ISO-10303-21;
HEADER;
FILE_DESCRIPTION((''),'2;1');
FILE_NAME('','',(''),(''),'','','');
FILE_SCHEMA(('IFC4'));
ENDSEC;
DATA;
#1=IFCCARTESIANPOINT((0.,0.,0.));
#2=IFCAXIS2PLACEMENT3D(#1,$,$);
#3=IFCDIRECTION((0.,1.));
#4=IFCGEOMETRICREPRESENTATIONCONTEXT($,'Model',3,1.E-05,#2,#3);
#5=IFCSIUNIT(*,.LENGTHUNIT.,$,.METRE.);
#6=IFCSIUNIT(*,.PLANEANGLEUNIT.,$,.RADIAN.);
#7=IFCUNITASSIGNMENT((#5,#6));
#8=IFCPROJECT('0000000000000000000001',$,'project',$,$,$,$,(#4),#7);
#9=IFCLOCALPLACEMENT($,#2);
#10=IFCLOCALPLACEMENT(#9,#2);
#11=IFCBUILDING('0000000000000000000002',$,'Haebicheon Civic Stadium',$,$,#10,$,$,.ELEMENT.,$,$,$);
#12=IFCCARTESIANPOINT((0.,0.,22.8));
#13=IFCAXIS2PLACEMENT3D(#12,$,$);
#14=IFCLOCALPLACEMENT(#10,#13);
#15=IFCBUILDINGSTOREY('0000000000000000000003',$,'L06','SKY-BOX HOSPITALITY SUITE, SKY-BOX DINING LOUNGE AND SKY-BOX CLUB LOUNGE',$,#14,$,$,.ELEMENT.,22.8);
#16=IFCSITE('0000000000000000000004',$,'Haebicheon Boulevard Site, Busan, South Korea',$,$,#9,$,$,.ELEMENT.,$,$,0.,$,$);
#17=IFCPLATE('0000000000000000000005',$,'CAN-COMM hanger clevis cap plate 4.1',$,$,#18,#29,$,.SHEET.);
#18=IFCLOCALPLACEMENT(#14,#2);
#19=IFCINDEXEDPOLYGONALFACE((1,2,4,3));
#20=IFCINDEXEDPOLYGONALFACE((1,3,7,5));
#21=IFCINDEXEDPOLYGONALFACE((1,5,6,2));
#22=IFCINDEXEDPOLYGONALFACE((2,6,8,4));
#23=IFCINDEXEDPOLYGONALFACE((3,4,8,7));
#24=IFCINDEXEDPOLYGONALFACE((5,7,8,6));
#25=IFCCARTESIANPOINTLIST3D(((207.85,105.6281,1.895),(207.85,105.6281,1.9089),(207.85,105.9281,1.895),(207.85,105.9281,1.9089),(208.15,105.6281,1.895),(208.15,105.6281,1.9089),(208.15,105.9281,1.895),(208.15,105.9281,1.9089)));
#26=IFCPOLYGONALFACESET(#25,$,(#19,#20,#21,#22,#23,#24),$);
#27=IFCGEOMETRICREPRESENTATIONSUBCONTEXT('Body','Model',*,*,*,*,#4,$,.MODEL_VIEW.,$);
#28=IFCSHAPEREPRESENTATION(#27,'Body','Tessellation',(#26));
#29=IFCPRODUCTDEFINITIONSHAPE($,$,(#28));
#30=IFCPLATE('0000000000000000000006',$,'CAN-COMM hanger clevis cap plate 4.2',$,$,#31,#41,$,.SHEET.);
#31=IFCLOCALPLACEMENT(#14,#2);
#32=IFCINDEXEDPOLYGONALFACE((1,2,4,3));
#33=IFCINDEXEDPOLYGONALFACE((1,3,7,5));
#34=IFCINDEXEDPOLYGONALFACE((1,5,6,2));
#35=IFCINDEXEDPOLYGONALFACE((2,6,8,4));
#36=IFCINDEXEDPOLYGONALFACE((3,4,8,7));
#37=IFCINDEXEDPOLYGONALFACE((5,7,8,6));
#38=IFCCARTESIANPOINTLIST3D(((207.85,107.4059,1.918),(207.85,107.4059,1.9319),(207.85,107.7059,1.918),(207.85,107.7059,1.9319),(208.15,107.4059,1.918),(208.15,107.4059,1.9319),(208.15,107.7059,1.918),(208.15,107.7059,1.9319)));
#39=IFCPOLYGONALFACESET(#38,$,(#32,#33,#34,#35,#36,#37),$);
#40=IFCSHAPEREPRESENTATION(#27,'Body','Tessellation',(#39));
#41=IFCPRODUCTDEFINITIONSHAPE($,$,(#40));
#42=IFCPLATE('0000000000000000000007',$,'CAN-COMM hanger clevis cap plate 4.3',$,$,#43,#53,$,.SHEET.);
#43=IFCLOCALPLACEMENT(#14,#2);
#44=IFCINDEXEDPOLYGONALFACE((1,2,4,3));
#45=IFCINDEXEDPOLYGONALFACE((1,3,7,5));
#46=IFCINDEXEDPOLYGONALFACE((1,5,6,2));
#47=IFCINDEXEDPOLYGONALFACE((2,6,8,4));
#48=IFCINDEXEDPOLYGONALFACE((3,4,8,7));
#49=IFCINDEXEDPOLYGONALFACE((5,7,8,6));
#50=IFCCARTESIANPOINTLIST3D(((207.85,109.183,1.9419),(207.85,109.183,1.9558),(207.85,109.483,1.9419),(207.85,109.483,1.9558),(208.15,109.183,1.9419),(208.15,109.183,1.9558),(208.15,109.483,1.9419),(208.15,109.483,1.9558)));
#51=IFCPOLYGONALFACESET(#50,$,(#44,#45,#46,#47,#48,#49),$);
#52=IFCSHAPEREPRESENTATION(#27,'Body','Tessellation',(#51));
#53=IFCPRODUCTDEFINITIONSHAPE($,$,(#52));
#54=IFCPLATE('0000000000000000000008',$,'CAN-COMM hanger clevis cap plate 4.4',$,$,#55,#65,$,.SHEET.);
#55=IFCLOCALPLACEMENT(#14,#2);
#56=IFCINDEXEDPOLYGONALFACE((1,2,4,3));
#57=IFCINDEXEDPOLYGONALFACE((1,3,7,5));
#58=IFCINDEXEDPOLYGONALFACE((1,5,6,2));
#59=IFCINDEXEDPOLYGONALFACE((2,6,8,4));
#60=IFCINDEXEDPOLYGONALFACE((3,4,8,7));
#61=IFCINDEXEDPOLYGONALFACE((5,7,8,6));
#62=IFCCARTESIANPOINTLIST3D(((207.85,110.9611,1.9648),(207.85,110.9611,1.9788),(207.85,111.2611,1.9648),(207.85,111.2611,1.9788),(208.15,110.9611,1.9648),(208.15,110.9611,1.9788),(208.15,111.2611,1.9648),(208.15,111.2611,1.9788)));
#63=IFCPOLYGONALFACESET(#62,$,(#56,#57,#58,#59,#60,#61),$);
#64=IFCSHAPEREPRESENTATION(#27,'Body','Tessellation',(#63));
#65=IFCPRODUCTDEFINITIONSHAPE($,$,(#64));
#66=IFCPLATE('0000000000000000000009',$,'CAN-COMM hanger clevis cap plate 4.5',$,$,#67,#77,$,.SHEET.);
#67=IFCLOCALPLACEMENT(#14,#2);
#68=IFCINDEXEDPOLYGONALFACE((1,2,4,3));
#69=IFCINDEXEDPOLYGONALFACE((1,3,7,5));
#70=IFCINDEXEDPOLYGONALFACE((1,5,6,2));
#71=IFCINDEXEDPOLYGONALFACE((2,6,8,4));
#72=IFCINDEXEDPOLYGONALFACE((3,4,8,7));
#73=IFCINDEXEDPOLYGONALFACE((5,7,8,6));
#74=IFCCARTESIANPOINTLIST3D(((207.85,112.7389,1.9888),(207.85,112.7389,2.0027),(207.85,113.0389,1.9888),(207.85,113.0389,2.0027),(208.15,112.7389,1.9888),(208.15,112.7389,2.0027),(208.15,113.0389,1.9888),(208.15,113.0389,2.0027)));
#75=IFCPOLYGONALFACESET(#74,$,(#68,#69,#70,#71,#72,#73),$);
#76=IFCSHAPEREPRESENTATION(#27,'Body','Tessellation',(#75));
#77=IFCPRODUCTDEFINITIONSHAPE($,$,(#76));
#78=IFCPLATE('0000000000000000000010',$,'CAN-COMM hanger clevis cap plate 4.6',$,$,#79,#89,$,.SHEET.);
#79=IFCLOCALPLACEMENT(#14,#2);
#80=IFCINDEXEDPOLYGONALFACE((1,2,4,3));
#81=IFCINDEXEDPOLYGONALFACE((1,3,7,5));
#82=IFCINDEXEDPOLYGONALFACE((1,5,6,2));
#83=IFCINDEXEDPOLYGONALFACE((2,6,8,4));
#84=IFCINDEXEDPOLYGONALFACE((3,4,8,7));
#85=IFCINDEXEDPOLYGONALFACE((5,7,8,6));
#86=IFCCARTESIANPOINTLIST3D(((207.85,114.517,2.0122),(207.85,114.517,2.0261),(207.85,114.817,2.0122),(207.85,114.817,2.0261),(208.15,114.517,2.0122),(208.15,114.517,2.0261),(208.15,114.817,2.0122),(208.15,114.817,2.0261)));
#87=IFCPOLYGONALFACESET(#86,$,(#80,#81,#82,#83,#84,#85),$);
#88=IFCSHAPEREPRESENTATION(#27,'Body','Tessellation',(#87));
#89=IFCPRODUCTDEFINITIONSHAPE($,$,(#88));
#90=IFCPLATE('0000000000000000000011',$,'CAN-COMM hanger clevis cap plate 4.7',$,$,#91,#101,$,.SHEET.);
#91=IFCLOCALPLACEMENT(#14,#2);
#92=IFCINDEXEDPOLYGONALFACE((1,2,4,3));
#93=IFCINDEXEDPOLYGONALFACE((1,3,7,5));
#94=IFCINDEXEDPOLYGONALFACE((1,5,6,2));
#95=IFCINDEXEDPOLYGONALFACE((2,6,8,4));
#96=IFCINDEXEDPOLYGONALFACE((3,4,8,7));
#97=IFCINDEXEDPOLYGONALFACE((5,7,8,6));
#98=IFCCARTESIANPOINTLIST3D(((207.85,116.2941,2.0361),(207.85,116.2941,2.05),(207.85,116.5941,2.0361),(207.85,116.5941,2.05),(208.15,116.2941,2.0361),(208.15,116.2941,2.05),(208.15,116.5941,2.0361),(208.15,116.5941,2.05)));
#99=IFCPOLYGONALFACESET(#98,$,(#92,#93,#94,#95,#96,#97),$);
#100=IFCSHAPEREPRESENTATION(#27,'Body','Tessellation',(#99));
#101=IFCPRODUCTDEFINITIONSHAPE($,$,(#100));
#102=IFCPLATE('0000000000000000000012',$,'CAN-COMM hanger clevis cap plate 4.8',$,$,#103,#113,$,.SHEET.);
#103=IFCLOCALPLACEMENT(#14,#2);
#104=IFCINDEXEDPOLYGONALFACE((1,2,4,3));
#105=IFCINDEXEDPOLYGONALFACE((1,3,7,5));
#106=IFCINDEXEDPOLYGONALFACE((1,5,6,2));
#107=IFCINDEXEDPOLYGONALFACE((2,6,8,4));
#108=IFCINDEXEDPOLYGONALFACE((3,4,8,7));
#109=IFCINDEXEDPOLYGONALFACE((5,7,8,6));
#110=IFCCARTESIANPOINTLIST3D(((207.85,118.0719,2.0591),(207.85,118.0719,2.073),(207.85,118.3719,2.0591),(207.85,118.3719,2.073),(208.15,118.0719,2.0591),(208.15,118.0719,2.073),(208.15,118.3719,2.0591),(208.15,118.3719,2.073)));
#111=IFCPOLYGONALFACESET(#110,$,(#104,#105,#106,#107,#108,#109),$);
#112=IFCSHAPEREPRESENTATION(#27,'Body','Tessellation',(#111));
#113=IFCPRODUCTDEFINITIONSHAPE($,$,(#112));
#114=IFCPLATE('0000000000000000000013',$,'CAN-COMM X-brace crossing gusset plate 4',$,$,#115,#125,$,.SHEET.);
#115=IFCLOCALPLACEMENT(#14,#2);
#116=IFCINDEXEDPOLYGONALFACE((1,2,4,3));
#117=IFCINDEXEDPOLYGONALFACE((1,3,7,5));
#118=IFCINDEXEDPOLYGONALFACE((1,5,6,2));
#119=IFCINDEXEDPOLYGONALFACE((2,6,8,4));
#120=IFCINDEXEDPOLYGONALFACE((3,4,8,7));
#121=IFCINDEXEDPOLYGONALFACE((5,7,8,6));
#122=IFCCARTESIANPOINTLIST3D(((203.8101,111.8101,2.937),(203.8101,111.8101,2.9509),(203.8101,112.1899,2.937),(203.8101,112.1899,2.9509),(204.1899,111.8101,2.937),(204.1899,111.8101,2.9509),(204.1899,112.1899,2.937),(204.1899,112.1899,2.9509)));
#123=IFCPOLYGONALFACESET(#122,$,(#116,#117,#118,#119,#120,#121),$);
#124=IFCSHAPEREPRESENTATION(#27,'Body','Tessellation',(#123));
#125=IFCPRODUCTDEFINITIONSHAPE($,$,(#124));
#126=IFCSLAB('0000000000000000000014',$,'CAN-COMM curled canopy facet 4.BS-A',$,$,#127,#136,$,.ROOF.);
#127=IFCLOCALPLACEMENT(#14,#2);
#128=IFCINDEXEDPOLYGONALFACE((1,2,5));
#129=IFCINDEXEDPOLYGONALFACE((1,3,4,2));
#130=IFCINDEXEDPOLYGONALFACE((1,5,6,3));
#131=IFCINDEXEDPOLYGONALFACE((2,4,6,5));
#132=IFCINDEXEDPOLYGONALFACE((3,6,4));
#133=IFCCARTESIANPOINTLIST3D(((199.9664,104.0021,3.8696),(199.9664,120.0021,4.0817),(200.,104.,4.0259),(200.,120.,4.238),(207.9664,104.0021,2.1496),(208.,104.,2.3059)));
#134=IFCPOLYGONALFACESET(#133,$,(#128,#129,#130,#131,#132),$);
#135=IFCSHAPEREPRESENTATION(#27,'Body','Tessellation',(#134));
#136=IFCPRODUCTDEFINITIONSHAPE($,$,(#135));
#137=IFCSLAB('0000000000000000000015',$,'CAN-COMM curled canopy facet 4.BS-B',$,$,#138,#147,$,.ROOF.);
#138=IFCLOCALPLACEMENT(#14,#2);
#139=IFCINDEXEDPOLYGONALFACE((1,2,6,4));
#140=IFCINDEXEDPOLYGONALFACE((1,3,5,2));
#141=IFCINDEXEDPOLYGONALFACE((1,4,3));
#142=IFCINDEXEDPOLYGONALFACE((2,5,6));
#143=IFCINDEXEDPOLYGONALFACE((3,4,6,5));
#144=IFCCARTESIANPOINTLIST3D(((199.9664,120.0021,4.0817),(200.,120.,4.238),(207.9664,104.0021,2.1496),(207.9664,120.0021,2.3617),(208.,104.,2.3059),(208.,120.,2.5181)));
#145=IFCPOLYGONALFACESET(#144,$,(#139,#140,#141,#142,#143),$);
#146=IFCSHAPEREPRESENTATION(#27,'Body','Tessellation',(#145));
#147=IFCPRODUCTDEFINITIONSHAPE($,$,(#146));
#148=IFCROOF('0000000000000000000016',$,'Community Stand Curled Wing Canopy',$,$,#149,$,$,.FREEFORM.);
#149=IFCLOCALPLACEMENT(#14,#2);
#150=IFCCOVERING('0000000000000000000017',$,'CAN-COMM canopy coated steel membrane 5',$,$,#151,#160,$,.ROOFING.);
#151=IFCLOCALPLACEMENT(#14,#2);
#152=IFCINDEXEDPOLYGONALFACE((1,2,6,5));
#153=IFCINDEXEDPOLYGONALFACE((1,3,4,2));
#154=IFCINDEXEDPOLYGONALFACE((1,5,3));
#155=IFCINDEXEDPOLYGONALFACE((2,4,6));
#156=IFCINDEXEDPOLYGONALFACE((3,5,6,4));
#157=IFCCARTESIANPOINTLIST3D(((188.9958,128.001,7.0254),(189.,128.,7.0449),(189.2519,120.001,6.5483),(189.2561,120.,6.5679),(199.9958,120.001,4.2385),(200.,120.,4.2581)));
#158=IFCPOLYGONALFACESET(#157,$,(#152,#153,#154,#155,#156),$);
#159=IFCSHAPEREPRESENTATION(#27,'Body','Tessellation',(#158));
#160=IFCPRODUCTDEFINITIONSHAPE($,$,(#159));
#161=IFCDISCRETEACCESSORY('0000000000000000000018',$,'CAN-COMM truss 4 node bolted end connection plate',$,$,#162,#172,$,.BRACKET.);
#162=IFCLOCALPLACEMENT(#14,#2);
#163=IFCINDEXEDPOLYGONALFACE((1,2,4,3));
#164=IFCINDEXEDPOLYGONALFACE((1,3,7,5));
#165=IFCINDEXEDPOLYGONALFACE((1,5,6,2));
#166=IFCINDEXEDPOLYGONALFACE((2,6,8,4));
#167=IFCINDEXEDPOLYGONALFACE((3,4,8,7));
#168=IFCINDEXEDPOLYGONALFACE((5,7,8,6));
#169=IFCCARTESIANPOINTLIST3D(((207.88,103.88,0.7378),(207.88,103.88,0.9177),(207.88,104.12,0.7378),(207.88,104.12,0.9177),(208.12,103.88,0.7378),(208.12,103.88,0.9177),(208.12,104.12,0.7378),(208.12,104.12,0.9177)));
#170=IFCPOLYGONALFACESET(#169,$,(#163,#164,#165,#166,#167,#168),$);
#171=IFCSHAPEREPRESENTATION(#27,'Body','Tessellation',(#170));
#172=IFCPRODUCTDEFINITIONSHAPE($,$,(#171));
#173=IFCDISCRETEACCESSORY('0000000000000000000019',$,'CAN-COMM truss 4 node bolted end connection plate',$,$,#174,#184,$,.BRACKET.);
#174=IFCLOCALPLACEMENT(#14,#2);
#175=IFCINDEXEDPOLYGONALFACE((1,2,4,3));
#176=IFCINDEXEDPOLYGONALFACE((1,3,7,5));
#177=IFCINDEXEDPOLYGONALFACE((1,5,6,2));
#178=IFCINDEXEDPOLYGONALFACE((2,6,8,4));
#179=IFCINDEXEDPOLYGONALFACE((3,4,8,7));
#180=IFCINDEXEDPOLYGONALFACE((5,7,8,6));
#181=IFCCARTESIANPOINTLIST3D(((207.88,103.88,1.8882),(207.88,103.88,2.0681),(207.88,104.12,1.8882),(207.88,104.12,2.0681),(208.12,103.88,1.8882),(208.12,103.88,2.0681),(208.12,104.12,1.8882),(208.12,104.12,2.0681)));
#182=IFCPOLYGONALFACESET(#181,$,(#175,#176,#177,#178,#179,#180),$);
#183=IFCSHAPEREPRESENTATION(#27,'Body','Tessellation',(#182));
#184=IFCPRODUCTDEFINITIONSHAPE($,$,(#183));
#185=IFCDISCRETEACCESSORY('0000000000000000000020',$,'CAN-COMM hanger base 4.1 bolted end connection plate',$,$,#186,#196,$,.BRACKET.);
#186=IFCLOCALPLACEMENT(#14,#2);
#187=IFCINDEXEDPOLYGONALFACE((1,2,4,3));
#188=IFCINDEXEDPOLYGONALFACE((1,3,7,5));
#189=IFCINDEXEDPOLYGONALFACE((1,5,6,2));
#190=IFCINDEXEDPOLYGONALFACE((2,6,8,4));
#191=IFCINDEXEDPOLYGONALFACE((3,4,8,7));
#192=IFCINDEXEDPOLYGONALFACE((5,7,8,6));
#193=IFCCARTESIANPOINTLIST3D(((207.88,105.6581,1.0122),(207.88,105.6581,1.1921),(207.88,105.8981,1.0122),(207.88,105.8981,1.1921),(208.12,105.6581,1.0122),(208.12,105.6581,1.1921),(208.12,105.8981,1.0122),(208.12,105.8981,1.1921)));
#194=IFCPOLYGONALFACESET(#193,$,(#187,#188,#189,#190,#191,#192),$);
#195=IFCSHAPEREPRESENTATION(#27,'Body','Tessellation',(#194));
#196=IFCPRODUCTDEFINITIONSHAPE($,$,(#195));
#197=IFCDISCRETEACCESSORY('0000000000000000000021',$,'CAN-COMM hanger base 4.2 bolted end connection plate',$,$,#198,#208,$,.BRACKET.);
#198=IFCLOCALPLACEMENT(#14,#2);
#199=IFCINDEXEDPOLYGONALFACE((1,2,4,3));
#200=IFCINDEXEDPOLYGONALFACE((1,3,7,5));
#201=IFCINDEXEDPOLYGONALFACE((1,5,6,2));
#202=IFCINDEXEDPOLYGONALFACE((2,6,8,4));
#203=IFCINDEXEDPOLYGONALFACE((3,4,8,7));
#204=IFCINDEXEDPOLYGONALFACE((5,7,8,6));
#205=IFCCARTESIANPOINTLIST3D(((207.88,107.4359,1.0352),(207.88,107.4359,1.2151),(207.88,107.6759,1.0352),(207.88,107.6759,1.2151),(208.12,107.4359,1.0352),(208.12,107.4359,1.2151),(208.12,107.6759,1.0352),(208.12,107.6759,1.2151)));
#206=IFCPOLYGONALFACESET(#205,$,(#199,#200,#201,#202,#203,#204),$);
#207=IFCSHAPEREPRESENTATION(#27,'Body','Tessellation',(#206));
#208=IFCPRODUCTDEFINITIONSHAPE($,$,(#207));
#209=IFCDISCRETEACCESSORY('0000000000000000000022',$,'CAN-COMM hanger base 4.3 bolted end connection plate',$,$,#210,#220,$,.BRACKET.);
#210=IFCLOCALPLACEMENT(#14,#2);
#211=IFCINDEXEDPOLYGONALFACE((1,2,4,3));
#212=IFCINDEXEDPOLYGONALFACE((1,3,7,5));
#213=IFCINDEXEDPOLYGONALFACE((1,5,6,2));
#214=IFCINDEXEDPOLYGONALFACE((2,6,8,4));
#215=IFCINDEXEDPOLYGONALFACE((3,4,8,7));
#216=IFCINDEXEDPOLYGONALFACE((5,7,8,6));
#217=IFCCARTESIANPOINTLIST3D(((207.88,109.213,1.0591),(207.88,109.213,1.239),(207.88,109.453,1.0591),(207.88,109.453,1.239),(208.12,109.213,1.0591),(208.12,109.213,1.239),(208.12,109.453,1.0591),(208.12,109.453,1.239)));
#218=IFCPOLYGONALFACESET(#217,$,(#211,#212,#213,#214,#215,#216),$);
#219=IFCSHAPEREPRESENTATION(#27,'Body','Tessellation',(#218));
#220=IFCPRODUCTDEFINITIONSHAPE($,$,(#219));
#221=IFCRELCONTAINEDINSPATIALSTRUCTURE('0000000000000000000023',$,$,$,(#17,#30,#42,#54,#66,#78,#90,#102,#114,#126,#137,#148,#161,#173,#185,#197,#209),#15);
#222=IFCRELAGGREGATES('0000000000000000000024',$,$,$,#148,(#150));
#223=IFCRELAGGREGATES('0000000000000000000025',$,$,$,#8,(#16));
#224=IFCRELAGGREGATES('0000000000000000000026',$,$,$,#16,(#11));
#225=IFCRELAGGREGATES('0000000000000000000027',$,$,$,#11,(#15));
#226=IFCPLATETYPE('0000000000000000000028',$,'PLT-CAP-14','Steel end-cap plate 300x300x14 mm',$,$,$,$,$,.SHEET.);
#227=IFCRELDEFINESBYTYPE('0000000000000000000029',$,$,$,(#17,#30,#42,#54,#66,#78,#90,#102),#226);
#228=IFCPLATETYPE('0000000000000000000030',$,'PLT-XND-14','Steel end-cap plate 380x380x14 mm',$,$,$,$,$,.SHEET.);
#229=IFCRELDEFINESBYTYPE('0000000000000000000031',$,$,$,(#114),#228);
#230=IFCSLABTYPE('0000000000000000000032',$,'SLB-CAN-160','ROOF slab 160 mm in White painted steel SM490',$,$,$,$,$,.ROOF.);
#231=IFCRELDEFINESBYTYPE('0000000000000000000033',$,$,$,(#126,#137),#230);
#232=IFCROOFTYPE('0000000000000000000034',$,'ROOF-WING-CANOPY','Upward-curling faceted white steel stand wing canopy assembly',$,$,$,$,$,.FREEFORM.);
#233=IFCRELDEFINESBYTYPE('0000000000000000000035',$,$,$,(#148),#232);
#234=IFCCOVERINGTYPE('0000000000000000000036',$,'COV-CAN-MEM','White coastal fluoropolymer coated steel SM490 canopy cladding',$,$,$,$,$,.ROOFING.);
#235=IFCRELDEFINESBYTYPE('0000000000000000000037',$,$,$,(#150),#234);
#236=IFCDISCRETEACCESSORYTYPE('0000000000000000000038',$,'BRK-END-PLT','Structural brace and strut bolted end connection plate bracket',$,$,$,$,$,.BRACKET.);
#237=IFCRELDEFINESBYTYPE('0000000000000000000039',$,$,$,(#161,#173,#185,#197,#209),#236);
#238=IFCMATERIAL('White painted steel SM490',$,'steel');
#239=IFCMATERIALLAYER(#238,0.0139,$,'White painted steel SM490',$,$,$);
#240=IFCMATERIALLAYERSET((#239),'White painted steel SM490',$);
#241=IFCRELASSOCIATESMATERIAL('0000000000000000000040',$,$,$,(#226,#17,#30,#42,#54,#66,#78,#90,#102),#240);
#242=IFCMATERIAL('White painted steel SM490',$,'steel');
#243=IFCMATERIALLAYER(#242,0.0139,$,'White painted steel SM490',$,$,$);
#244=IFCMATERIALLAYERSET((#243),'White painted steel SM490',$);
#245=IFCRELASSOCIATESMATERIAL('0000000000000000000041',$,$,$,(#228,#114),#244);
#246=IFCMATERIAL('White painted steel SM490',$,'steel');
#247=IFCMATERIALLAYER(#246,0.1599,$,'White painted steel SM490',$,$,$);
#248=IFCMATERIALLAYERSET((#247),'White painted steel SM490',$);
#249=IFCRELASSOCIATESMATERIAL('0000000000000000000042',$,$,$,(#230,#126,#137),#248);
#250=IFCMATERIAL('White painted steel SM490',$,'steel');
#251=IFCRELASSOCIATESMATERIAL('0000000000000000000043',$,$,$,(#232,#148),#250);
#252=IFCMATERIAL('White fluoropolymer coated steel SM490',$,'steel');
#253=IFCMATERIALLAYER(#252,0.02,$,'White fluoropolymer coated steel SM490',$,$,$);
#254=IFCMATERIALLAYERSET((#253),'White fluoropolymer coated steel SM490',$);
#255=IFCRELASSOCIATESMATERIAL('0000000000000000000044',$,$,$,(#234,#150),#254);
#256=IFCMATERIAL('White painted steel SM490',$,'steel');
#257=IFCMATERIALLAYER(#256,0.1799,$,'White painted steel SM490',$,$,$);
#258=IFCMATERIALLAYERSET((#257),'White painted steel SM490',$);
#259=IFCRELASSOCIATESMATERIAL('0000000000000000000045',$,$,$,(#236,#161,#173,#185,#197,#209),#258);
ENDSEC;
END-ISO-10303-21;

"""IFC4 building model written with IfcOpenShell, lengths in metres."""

from ifc_helpers import new_model, si_unit, direction, frame, origin, origin_2d, place, context, subcontext, project, spatial, polyline, rectangle, outline, extrude, material, layer, layer_set, type_object, element, aggregate, save


model = new_model("IFC4")

# Units and contexts
model_context = context("Model", 3, precision=1e-05, world=origin(), true_north=direction((0.0, 1.0)))
body_context = subcontext(model_context, "Body", "Model", "MODEL_VIEW")
ifc_project = project(units=[si_unit("LENGTHUNIT", "METRE"), si_unit("PLANEANGLEUNIT", "RADIAN")], contexts=[model_context])

# Site, building, storey
site_placement = place(None, origin())
site = spatial("IfcSite", under=ifc_project, at=site_placement, Name="Haebicheon Boulevard Site, Busan, South Korea", CompositionType="ELEMENT", RefElevation=0.0)
building_placement = place(site_placement, origin())
building = spatial("IfcBuilding", under=site, at=building_placement, Name="Haebicheon Civic Stadium", CompositionType="ELEMENT")
storey_placement = place(building_placement, frame((0.0, 0.0, 22.8)))
storey = spatial("IfcBuildingStorey", under=building, at=storey_placement, Name="L06", Description="SKY-BOX HOSPITALITY SUITE, SKY-BOX DINING LOUNGE AND SKY-BOX CLUB LOUNGE", CompositionType="ELEMENT", Elevation=22.8)

# Plates
ifc_material_1 = material(Name="White painted steel SM490", Category="steel")
ifc_layer_1 = layer(ifc_material_1, 0.0139, Name="White painted steel SM490")
ifc_layer_set_1 = layer_set([ifc_layer_1], Name="White painted steel SM490")
plate_type_1 = type_object("IfcPlateType", Name="PLT-CAP-14", Description="Steel end-cap plate 300x300x14 mm", PredefinedType="SHEET", material=ifc_layer_set_1)
for number, where, z_axis, x_axis, name in (
    (1, (208.0, 105.7781, 1.895), (0.0, 0.0, 1.0), (1.0, 0.0, 0.0), "CAN-COMM hanger clevis cap plate 4.1"),
    (2, (208.0, 107.5559, 1.918), (0.0, 0.0, 1.0), (1.0, 0.0, 0.0), "CAN-COMM hanger clevis cap plate 4.2"),
    (3, (208.0, 109.333, 1.9419), (0.0, 0.0, 1.0), (1.0, 0.0, 0.0), "CAN-COMM hanger clevis cap plate 4.3"),
    (4, (208.0, 111.1111, 1.9648), (0.0, 0.0, 1.0), (1.0, 0.0, 0.0), "CAN-COMM hanger clevis cap plate 4.4"),
    (5, (208.0, 112.8889, 1.9888), (0.0, 0.0, 1.0), (1.0, 0.0, 0.0), "CAN-COMM hanger clevis cap plate 4.5"),
    (6, (208.0, 114.667, 2.0122), (0.0, 0.0, 1.0), (1.0, 0.0, 0.0), "CAN-COMM hanger clevis cap plate 4.6"),
    (7, (208.0, 116.4441, 2.0361), (0.0, 0.0, 1.0), (1.0, 0.0, 0.0), "CAN-COMM hanger clevis cap plate 4.7"),
    (8, (208.0, 118.2219, 2.0591), (0.0, 0.0, 1.0), (1.0, 0.0, 0.0), "CAN-COMM hanger clevis cap plate 4.8"),
):
    element("IfcPlate", number, at=place(storey_placement, frame(where, z_axis=z_axis, x_axis=x_axis)), inside=storey, type_object=plate_type_1, material=ifc_layer_set_1, Name=name, PredefinedType="SHEET", context=body_context, shape_type="SweptSolid", body=[
        extrude(rectangle(XDim=0.3, YDim=0.3, at=origin_2d()), origin(), (0.0, 0.0, 1.0), 0.0139),
    ])
ifc_material_2 = material(Name="White painted steel SM490", Category="steel")
ifc_layer_2 = layer(ifc_material_2, 0.0139, Name="White painted steel SM490")
ifc_layer_set_2 = layer_set([ifc_layer_2], Name="White painted steel SM490")
plate_type_2 = type_object("IfcPlateType", Name="PLT-XND-14", Description="Steel end-cap plate 380x380x14 mm", PredefinedType="SHEET", material=ifc_layer_set_2)
plate_placement = place(storey_placement, frame((204.0, 112.0, 2.937), z_axis=(0.0, 0.0, 1.0), x_axis=(1.0, 0.0, 0.0)))
element("IfcPlate", 9, at=plate_placement, inside=storey, type_object=plate_type_2, material=ifc_layer_set_2, Name="CAN-COMM X-brace crossing gusset plate 4", PredefinedType="SHEET", context=body_context, shape_type="SweptSolid", body=[
    extrude(rectangle(XDim=0.3799, YDim=0.3799, at=origin_2d()), origin(), (0.0, 0.0, 1.0), 0.0139),
])

# Slabs
ifc_material_3 = material(Name="White painted steel SM490", Category="steel")
ifc_layer_3 = layer(ifc_material_3, 0.1599, Name="White painted steel SM490")
ifc_layer_set_3 = layer_set([ifc_layer_3], Name="White painted steel SM490")
slab_type = type_object("IfcSlabType", Name="SLB-CAN-160", Description="ROOF slab 160 mm in White painted steel SM490", PredefinedType="ROOF", material=ifc_layer_set_3)
slab_1_placement = place(storey_placement, frame((208.0, 104.0, 2.3059), z_axis=(0.210176, -0.012963, 0.977578), x_axis=(-0.97766, 0.0, 0.210193)))
element("IfcSlab", 10, at=slab_1_placement, inside=storey, type_object=slab_type, material=ifc_layer_set_3, Name="CAN-COMM curled canopy facet 4.BS-A", PredefinedType="ROOF", context=body_context, shape_type="SweptSolid", body=[
    extrude(outline(polyline([(0.0, 0.0), (8.1828, 0.0), (8.2274, -16.0013), (0.0, 0.0)])), origin(), (0.0, 0.0, -1.0), 0.1599),
])
slab_2_placement = place(storey_placement, frame((208.0, 104.0, 2.3059), z_axis=(0.210176, -0.012963, 0.977578), x_axis=(-0.444628, 0.889255, 0.107385)))
element("IfcSlab", 11, at=slab_2_placement, inside=storey, type_object=slab_type, material=ifc_layer_set_3, Name="CAN-COMM curled canopy facet 4.BS-B", PredefinedType="ROOF", context=body_context, shape_type="SweptSolid", body=[
    extrude(outline(polyline([(0.0, 0.0), (17.9926, 0.0), (14.2509, -7.2772), (0.0, 0.0)])), origin(), (0.0, 0.0, -1.0), 0.1599),
])

# Roof, covering
ifc_material_4 = material(Name="White painted steel SM490", Category="steel")
roof_type = type_object("IfcRoofType", Name="ROOF-WING-CANOPY", Description="Upward-curling faceted white steel stand wing canopy assembly", PredefinedType="FREEFORM", material=ifc_material_4)
roof_placement = place(storey_placement, origin())
roof = element("IfcRoof", 12, at=roof_placement, inside=storey, type_object=roof_type, material=ifc_material_4, Name="Community Stand Curled Wing Canopy", PredefinedType="FREEFORM")
ifc_material_5 = material(Name="White fluoropolymer coated steel SM490", Category="steel")
ifc_layer_4 = layer(ifc_material_5, 0.02, Name="White fluoropolymer coated steel SM490")
ifc_layer_set_4 = layer_set([ifc_layer_4], Name="White fluoropolymer coated steel SM490")
covering_type = type_object("IfcCoveringType", Name="COV-CAN-MEM", Description="White coastal fluoropolymer coated steel SM490 canopy cladding", PredefinedType="ROOFING", material=ifc_layer_set_4)
covering_placement = place(storey_placement, frame((200.0, 120.0, 4.2581), z_axis=(0.209907, -0.051502, 0.976364), x_axis=(-0.977661, 0.0, 0.210186)))
covering = element("IfcCovering", 13, at=covering_placement, type_object=covering_type, material=ifc_layer_set_4, Name="CAN-COMM canopy coated steel membrane 5", PredefinedType="ROOFING", context=body_context, shape_type="SweptSolid", body=[
    extrude(outline(polyline([(0.0, 0.0), (10.9894, 0.0), (11.34, -8.0106), (0.0, 0.0)])), origin(), (0.0, 0.0, -1.0), 0.02),
])
aggregate(roof, [covering])

# Discrete accessories
ifc_material_6 = material(Name="White painted steel SM490", Category="steel")
ifc_layer_5 = layer(ifc_material_6, 0.1799, Name="White painted steel SM490")
ifc_layer_set_5 = layer_set([ifc_layer_5], Name="White painted steel SM490")
discrete_accessory_type = type_object("IfcDiscreteAccessoryType", Name="BRK-END-PLT", Description="Structural brace and strut bolted end connection plate bracket", PredefinedType="BRACKET", material=ifc_layer_set_5)
for number, where, z_axis, x_axis, name in (
    (14, (208.0, 104.0, 0.7378), (0.0, 0.0, 1.0), (1.0, 0.0, 0.0), "CAN-COMM truss 4 node bolted end connection plate"),
    (15, (208.0, 104.0, 1.8882), (0.0, 0.0, 1.0), (1.0, 0.0, 0.0), "CAN-COMM truss 4 node bolted end connection plate"),
    (16, (208.0, 105.7781, 1.0122), (0.0, 0.0, 1.0), (1.0, 0.0, 0.0), "CAN-COMM hanger base 4.1 bolted end connection plate"),
    (17, (208.0, 107.5559, 1.0352), (0.0, 0.0, 1.0), (1.0, 0.0, 0.0), "CAN-COMM hanger base 4.2 bolted end connection plate"),
    (18, (208.0, 109.333, 1.0591), (0.0, 0.0, 1.0), (1.0, 0.0, 0.0), "CAN-COMM hanger base 4.3 bolted end connection plate"),
):
    element("IfcDiscreteAccessory", number, at=place(storey_placement, frame(where, z_axis=z_axis, x_axis=x_axis)), inside=storey, type_object=discrete_accessory_type, material=ifc_layer_set_5, Name=name, PredefinedType="BRACKET", context=body_context, shape_type="SweptSolid", body=[
        extrude(rectangle(XDim=0.24, YDim=0.24, at=origin_2d()), origin(), (0.0, 0.0, 1.0), 0.1799),
    ])

save(model, "model.ifc")
